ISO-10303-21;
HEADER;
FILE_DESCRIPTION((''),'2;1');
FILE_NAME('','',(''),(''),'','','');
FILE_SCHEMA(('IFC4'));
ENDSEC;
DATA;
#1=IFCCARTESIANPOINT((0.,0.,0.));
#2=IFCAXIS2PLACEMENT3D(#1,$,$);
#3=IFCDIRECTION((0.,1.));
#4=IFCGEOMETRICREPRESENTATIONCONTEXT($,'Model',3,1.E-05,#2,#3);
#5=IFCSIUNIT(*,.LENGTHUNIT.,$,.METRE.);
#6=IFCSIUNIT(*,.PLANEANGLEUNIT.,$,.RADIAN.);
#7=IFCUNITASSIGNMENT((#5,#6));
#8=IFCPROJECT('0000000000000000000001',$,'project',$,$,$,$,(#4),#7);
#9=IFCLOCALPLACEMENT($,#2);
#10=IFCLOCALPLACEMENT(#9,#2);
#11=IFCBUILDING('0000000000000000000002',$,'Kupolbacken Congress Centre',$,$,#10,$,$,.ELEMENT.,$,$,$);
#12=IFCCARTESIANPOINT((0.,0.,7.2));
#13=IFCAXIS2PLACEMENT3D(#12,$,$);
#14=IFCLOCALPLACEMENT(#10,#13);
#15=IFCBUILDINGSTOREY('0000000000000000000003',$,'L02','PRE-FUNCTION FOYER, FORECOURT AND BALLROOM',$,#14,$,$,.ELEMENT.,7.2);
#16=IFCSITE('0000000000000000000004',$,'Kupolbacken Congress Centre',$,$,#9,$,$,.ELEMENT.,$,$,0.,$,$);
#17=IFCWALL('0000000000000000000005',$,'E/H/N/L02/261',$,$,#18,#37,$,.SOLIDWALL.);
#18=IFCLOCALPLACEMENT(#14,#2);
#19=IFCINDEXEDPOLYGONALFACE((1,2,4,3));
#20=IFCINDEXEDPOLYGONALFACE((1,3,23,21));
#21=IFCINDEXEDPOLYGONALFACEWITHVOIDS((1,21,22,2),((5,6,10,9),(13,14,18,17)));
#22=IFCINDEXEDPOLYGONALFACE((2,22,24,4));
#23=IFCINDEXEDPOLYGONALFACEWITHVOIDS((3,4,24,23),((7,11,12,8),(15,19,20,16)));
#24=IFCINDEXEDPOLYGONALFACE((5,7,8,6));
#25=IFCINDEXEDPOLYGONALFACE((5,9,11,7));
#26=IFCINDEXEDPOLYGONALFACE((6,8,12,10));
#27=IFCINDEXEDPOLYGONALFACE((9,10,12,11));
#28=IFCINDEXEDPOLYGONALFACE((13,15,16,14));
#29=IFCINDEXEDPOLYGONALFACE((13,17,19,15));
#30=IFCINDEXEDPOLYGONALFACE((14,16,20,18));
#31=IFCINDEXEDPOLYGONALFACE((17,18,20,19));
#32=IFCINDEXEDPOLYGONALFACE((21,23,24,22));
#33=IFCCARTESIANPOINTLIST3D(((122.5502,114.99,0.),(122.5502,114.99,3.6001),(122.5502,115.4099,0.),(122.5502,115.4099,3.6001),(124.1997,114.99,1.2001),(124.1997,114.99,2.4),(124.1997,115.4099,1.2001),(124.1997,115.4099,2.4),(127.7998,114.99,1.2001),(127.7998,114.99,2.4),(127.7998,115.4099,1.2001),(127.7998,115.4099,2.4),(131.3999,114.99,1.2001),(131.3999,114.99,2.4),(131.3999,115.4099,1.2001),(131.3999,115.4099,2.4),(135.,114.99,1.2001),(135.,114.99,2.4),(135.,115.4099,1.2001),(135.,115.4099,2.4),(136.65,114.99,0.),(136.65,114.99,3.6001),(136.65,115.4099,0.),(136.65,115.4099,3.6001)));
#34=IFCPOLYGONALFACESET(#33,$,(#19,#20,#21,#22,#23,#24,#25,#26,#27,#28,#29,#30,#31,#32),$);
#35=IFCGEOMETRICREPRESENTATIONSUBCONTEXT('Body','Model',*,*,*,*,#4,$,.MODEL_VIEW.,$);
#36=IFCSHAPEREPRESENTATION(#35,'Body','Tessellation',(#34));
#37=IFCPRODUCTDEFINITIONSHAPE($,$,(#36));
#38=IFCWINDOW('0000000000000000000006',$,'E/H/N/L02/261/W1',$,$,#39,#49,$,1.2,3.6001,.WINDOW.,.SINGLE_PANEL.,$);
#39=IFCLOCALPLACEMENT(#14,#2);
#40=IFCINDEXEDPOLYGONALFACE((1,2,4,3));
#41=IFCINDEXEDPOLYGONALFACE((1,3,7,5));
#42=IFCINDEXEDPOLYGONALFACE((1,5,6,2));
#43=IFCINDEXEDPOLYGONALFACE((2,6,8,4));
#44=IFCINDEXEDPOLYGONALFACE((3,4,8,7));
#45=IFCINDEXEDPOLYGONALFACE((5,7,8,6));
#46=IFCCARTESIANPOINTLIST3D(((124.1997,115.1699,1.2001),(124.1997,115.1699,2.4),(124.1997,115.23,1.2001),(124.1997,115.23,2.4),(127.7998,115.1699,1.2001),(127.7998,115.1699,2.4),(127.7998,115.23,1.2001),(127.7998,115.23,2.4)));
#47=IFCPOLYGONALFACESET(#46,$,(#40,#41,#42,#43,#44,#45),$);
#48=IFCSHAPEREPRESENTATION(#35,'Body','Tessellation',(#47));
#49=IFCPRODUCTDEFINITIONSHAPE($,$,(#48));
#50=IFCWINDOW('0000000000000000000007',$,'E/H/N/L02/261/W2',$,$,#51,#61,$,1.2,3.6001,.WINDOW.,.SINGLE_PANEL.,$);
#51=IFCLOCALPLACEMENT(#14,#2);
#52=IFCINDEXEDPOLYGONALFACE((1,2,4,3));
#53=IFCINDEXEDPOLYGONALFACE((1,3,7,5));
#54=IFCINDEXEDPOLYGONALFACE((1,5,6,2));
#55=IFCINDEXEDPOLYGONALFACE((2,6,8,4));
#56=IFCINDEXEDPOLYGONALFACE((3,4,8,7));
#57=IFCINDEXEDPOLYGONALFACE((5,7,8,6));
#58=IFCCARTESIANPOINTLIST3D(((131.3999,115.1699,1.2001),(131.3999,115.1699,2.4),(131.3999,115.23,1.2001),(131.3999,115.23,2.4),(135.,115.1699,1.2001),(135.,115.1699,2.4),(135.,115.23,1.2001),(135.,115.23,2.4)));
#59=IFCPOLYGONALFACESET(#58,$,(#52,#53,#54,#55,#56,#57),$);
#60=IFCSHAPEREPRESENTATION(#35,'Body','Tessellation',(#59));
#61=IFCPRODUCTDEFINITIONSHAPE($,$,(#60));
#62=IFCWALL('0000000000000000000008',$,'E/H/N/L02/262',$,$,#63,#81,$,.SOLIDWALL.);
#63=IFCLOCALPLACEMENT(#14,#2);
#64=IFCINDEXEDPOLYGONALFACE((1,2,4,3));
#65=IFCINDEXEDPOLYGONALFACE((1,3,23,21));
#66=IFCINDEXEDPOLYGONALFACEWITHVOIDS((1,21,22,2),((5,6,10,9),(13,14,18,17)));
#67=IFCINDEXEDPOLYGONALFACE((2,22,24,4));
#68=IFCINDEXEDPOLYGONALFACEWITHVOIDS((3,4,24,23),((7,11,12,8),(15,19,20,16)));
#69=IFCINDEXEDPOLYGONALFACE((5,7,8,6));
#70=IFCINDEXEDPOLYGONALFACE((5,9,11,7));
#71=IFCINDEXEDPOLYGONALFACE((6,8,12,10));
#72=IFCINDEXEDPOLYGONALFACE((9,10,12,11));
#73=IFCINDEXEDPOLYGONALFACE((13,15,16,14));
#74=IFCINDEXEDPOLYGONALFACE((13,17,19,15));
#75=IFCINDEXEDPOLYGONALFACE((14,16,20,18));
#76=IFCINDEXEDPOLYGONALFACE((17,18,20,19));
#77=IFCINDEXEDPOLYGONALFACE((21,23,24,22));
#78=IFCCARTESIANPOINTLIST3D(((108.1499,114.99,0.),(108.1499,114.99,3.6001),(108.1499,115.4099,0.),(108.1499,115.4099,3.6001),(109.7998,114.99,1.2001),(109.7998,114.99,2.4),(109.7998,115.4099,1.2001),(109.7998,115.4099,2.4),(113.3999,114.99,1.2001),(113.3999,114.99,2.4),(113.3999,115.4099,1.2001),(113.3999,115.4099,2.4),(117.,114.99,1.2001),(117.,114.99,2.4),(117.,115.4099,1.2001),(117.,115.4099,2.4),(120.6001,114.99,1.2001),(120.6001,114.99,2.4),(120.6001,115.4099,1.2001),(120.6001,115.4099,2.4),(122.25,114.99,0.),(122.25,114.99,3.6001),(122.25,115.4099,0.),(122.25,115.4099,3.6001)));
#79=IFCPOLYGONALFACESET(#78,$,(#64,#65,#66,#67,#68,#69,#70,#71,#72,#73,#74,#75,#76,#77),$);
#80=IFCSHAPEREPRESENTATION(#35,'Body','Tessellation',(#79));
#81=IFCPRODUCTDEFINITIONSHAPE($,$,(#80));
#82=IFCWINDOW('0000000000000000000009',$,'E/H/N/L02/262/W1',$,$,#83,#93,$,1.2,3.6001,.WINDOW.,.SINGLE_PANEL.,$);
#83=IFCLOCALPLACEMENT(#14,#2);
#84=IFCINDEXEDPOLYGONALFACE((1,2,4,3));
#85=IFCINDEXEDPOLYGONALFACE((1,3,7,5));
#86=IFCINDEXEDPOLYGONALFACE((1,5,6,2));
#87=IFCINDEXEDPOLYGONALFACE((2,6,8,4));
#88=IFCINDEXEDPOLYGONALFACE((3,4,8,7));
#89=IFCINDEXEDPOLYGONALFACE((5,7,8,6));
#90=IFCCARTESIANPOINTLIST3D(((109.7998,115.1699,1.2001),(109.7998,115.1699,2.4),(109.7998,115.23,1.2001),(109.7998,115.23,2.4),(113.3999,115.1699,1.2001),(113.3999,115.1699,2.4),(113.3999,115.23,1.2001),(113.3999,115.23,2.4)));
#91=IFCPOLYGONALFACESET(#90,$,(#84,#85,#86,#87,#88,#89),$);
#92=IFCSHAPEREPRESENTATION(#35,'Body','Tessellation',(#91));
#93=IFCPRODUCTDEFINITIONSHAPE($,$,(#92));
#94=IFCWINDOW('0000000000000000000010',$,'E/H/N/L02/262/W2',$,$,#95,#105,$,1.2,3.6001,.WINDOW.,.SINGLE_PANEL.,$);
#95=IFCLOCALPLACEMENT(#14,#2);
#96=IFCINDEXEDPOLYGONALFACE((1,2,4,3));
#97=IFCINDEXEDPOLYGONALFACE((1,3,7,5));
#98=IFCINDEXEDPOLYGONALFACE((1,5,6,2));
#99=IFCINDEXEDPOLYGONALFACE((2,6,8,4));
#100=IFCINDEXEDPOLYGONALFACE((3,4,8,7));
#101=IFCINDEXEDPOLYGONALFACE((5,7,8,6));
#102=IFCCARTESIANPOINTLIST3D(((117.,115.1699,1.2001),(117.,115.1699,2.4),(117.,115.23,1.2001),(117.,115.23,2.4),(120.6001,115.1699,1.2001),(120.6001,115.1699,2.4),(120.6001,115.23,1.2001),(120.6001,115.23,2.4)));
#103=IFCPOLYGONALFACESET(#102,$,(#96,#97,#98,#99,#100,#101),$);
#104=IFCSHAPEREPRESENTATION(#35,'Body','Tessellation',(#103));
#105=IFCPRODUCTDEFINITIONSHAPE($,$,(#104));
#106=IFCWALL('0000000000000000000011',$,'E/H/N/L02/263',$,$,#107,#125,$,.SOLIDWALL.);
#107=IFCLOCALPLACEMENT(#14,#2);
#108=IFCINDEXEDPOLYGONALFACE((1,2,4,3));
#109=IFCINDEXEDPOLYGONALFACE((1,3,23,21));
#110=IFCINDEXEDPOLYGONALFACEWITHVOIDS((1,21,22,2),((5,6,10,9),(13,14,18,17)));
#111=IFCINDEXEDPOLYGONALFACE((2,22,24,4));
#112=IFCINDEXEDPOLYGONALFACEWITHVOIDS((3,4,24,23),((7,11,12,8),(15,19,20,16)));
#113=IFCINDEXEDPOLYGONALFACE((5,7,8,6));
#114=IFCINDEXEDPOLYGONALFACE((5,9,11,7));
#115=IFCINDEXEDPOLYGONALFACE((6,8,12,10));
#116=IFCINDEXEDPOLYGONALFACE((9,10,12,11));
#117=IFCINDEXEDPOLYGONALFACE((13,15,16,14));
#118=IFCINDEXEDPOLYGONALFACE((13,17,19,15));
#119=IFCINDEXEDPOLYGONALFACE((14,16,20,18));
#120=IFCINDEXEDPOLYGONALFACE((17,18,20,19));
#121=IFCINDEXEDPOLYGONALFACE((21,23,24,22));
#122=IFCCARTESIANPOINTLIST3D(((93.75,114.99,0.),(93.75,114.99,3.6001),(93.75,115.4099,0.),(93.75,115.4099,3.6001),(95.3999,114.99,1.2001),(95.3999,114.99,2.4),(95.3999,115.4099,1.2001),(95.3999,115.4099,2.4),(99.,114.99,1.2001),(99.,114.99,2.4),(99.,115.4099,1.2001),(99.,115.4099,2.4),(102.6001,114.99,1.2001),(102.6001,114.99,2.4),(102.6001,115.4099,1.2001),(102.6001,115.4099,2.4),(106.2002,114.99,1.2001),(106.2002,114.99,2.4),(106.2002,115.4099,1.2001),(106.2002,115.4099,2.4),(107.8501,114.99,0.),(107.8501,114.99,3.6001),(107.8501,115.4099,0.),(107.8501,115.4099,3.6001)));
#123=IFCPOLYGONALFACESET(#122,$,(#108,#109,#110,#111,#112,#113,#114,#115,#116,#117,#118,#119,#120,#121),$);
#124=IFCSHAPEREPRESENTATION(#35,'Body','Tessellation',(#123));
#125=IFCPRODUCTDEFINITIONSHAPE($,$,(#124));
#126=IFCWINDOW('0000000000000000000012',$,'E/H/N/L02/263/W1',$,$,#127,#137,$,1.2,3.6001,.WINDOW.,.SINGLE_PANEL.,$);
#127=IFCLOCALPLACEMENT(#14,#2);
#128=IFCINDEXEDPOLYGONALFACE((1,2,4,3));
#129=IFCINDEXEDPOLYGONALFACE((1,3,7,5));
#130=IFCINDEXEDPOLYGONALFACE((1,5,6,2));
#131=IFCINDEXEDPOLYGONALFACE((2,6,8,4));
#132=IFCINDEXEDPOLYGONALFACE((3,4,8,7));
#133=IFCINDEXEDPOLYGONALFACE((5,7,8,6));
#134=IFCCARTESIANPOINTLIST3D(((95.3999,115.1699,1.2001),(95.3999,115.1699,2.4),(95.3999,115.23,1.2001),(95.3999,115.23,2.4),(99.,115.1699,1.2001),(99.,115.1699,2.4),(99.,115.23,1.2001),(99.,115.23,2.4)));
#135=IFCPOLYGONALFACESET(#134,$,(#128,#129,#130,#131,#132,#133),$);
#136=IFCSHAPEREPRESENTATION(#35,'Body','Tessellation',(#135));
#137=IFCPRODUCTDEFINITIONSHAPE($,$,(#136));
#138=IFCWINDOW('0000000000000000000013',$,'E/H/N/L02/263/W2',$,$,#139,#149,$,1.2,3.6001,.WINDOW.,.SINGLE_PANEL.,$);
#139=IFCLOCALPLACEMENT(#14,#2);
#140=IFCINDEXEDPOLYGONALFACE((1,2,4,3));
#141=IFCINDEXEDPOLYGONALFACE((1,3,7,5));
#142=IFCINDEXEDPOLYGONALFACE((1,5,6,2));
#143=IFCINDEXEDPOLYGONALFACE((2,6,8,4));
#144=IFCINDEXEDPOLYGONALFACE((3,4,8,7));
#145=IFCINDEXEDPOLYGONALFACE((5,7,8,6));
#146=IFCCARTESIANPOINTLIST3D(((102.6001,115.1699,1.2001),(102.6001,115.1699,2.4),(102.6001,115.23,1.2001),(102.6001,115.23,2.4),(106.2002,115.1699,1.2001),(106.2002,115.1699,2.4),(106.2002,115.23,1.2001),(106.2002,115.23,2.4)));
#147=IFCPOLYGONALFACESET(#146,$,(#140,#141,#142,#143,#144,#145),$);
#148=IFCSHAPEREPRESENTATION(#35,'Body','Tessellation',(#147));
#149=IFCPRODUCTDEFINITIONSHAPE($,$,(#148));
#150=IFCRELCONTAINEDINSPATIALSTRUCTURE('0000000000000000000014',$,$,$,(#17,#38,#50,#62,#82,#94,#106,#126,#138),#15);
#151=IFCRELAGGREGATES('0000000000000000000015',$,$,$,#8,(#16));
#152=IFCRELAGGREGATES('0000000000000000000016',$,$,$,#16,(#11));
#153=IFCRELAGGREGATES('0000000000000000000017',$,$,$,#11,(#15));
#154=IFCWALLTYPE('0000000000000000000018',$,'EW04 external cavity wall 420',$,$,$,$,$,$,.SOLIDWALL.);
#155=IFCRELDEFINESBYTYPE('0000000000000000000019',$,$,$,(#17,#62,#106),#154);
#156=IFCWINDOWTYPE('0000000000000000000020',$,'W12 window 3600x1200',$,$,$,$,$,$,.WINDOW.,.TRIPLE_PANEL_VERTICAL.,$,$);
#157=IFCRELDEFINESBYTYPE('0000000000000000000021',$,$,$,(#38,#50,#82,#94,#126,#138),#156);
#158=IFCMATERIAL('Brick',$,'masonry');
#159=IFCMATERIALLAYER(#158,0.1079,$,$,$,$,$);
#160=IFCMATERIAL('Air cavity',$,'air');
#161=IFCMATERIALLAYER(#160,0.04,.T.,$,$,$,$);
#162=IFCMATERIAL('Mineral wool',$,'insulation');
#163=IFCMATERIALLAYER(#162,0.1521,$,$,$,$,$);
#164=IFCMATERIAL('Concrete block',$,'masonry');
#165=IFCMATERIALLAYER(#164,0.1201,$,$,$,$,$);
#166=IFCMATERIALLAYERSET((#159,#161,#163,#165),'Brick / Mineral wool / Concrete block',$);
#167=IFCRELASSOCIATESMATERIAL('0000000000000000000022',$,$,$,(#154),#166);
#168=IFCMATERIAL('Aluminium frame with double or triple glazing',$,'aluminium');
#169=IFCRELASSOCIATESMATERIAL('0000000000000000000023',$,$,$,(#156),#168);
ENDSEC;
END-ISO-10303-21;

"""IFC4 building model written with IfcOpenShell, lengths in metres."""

from ifc_helpers import new_model, si_unit, direction, frame, frame_2d, origin, place, context, subcontext, project, spatial, rectangle, extrude, material, layer, layer_set, type_object, element, fill, save


model = new_model("IFC4")

# Units and contexts
model_context = context("Model", 3, precision=1e-05, world=origin(), true_north=direction((0.0, 1.0)))
body_context = subcontext(model_context, "Body", "Model", "MODEL_VIEW")
ifc_project = project(units=[si_unit("LENGTHUNIT", "METRE"), si_unit("PLANEANGLEUNIT", "RADIAN")], contexts=[model_context])

# Site, building, storey
site_placement = place(None, origin())
site = spatial("IfcSite", under=ifc_project, at=site_placement, Name="Kupolbacken Congress Centre", CompositionType="ELEMENT", RefElevation=0.0)
building_placement = place(site_placement, origin())
building = spatial("IfcBuilding", under=site, at=building_placement, Name="Kupolbacken Congress Centre", CompositionType="ELEMENT")
storey_placement = place(building_placement, frame((0.0, 0.0, 7.2)))
storey = spatial("IfcBuildingStorey", under=building, at=storey_placement, Name="L02", Description="PRE-FUNCTION FOYER, FORECOURT AND BALLROOM", CompositionType="ELEMENT", Elevation=7.2)

# Walls, openings, windows
ifc_material_1 = material(Name="Brick", Category="masonry")
ifc_layer_1 = layer(ifc_material_1, 0.1079)
ifc_material_2 = material(Name="Air cavity", Category="air")
ifc_layer_2 = layer(ifc_material_2, 0.04, ventilated=True)
ifc_material_3 = material(Name="Mineral wool", Category="insulation")
ifc_layer_3 = layer(ifc_material_3, 0.1521)
ifc_material_4 = material(Name="Concrete block", Category="masonry")
ifc_layer_4 = layer(ifc_material_4, 0.1201)
ifc_layer_set = layer_set([ifc_layer_1, ifc_layer_2, ifc_layer_3, ifc_layer_4], Name="Brick / Mineral wool / Concrete block")
wall_type = type_object("IfcWallType", Name="EW04 external cavity wall 420", PredefinedType="SOLIDWALL", material=ifc_layer_set)
wall_1_placement = place(storey_placement, frame((136.6499, 115.2, 0.0), z_axis=(0.0, 0.0, 1.0), x_axis=(-1.0, 0.0, 0.0)))
wall_1 = element("IfcWall", 1, at=wall_1_placement, inside=storey, type_object=wall_type, Name="E/H/N/L02/261", PredefinedType="SOLIDWALL", context=body_context, shape_type="SweptSolid", body=[
    extrude(rectangle(XDim=14.0999, YDim=0.4199, at=frame_2d((7.0498, 0.0))), origin(), (0.0, 0.0, 1.0), 3.6001),
])
opening_1_placement = place(wall_1_placement, frame((8.8501, 0.0, 1.2)))
opening_1 = element("IfcOpeningElement", 2, at=opening_1_placement, cuts=wall_1, PredefinedType="OPENING", context=body_context, shape_type="SweptSolid", body=[
    extrude(rectangle(XDim=3.6001, YDim=1.2, at=frame_2d((1.8, 0.6001))), frame((0.0, 0.22, 0.0), z_axis=(0.0, -1.0, 0.0), x_axis=(1.0, 0.0, 0.0)), (0.0, 0.0, 1.0), 0.4399),
])
opening_2_placement = place(wall_1_placement, frame((1.6499, 0.0, 1.2)))
opening_2 = element("IfcOpeningElement", 3, at=opening_2_placement, cuts=wall_1, PredefinedType="OPENING", context=body_context, shape_type="SweptSolid", body=[
    extrude(rectangle(XDim=3.6001, YDim=1.2, at=frame_2d((1.8, 0.6001))), frame((0.0, 0.22, 0.0), z_axis=(0.0, -1.0, 0.0), x_axis=(1.0, 0.0, 0.0)), (0.0, 0.0, 1.0), 0.4399),
])
ifc_material_5 = material(Name="Aluminium frame with double or triple glazing", Category="aluminium")
window_type = type_object("IfcWindowType", Name="W12 window 3600x1200", PartitioningType="TRIPLE_PANEL_VERTICAL", PredefinedType="WINDOW", material=ifc_material_5)
window_1_placement = place(opening_1_placement, origin())
window_1 = element("IfcWindow", 4, at=window_1_placement, inside=storey, type_object=window_type, Name="E/H/N/L02/261/W1", OverallHeight=1.2, OverallWidth=3.6001, PartitioningType="SINGLE_PANEL", PredefinedType="WINDOW", context=body_context, shape_type="SweptSolid", body=[
    extrude(rectangle(XDim=3.6001, YDim=1.2, at=frame_2d((1.8, 0.6001))), frame((0.0, 0.03, 0.0), z_axis=(0.0, -1.0, 0.0), x_axis=(1.0, 0.0, 0.0)), (0.0, 0.0, 1.0), 0.0601),
])
fill(opening_1, window_1)
window_2_placement = place(opening_2_placement, origin())
window_2 = element("IfcWindow", 5, at=window_2_placement, inside=storey, type_object=window_type, Name="E/H/N/L02/261/W2", OverallHeight=1.2, OverallWidth=3.6001, PartitioningType="SINGLE_PANEL", PredefinedType="WINDOW", context=body_context, shape_type="SweptSolid", body=[
    extrude(rectangle(XDim=3.6001, YDim=1.2, at=frame_2d((1.8, 0.6001))), frame((0.0, 0.03, 0.0), z_axis=(0.0, -1.0, 0.0), x_axis=(1.0, 0.0, 0.0)), (0.0, 0.0, 1.0), 0.0601),
])
fill(opening_2, window_2)
wall_2_placement = place(storey_placement, frame((122.25, 115.2, 0.0), z_axis=(0.0, 0.0, 1.0), x_axis=(-1.0, 0.0, 0.0)))
wall_2 = element("IfcWall", 6, at=wall_2_placement, inside=storey, type_object=wall_type, Name="E/H/N/L02/262", PredefinedType="SOLIDWALL", context=body_context, shape_type="SweptSolid", body=[
    extrude(rectangle(XDim=14.1001, YDim=0.4199, at=frame_2d((7.05, 0.0))), origin(), (0.0, 0.0, 1.0), 3.6001),
])
opening_3_placement = place(wall_2_placement, frame((8.8501, 0.0, 1.2)))
opening_3 = element("IfcOpeningElement", 7, at=opening_3_placement, cuts=wall_2, PredefinedType="OPENING", context=body_context, shape_type="SweptSolid", body=[
    extrude(rectangle(XDim=3.6001, YDim=1.2, at=frame_2d((1.8, 0.6001))), frame((0.0, 0.22, 0.0), z_axis=(0.0, -1.0, 0.0), x_axis=(1.0, 0.0, 0.0)), (0.0, 0.0, 1.0), 0.4399),
])
opening_4_placement = place(wall_2_placement, frame((1.6499, 0.0, 1.2)))
opening_4 = element("IfcOpeningElement", 8, at=opening_4_placement, cuts=wall_2, PredefinedType="OPENING", context=body_context, shape_type="SweptSolid", body=[
    extrude(rectangle(XDim=3.6001, YDim=1.2, at=frame_2d((1.8, 0.6001))), frame((0.0, 0.22, 0.0), z_axis=(0.0, -1.0, 0.0), x_axis=(1.0, 0.0, 0.0)), (0.0, 0.0, 1.0), 0.4399),
])
window_3_placement = place(opening_3_placement, origin())
window_3 = element("IfcWindow", 9, at=window_3_placement, inside=storey, type_object=window_type, Name="E/H/N/L02/262/W1", OverallHeight=1.2, OverallWidth=3.6001, PartitioningType="SINGLE_PANEL", PredefinedType="WINDOW", context=body_context, shape_type="SweptSolid", body=[
    extrude(rectangle(XDim=3.6001, YDim=1.2, at=frame_2d((1.8, 0.6001))), frame((0.0, 0.03, 0.0), z_axis=(0.0, -1.0, 0.0), x_axis=(1.0, 0.0, 0.0)), (0.0, 0.0, 1.0), 0.0601),
])
fill(opening_3, window_3)
window_4_placement = place(opening_4_placement, origin())
window_4 = element("IfcWindow", 10, at=window_4_placement, inside=storey, type_object=window_type, Name="E/H/N/L02/262/W2", OverallHeight=1.2, OverallWidth=3.6001, PartitioningType="SINGLE_PANEL", PredefinedType="WINDOW", context=body_context, shape_type="SweptSolid", body=[
    extrude(rectangle(XDim=3.6001, YDim=1.2, at=frame_2d((1.8, 0.6001))), frame((0.0, 0.03, 0.0), z_axis=(0.0, -1.0, 0.0), x_axis=(1.0, 0.0, 0.0)), (0.0, 0.0, 1.0), 0.0601),
])
fill(opening_4, window_4)
wall_3_placement = place(storey_placement, frame((107.8501, 115.2, 0.0), z_axis=(0.0, 0.0, 1.0), x_axis=(-1.0, 0.0, 0.0)))
wall_3 = element("IfcWall", 11, at=wall_3_placement, inside=storey, type_object=wall_type, Name="E/H/N/L02/263", PredefinedType="SOLIDWALL", context=body_context, shape_type="SweptSolid", body=[
    extrude(rectangle(XDim=14.1001, YDim=0.4199, at=frame_2d((7.05, 0.0))), origin(), (0.0, 0.0, 1.0), 3.6001),
])
opening_5_placement = place(wall_3_placement, frame((8.8501, 0.0, 1.2)))
opening_5 = element("IfcOpeningElement", 12, at=opening_5_placement, cuts=wall_3, PredefinedType="OPENING", context=body_context, shape_type="SweptSolid", body=[
    extrude(rectangle(XDim=3.6001, YDim=1.2, at=frame_2d((1.8, 0.6001))), frame((0.0, 0.22, 0.0), z_axis=(0.0, -1.0, 0.0), x_axis=(1.0, 0.0, 0.0)), (0.0, 0.0, 1.0), 0.4399),
])
opening_6_placement = place(wall_3_placement, frame((1.6499, 0.0, 1.2)))
opening_6 = element("IfcOpeningElement", 13, at=opening_6_placement, cuts=wall_3, PredefinedType="OPENING", context=body_context, shape_type="SweptSolid", body=[
    extrude(rectangle(XDim=3.6001, YDim=1.2, at=frame_2d((1.8, 0.6001))), frame((0.0, 0.22, 0.0), z_axis=(0.0, -1.0, 0.0), x_axis=(1.0, 0.0, 0.0)), (0.0, 0.0, 1.0), 0.4399),
])
window_5_placement = place(opening_5_placement, origin())
window_5 = element("IfcWindow", 14, at=window_5_placement, inside=storey, type_object=window_type, Name="E/H/N/L02/263/W1", OverallHeight=1.2, OverallWidth=3.6001, PartitioningType="SINGLE_PANEL", PredefinedType="WINDOW", context=body_context, shape_type="SweptSolid", body=[
    extrude(rectangle(XDim=3.6001, YDim=1.2, at=frame_2d((1.8, 0.6001))), frame((0.0, 0.03, 0.0), z_axis=(0.0, -1.0, 0.0), x_axis=(1.0, 0.0, 0.0)), (0.0, 0.0, 1.0), 0.0601),
])
fill(opening_5, window_5)
window_6_placement = place(opening_6_placement, origin())
window_6 = element("IfcWindow", 15, at=window_6_placement, inside=storey, type_object=window_type, Name="E/H/N/L02/263/W2", OverallHeight=1.2, OverallWidth=3.6001, PartitioningType="SINGLE_PANEL", PredefinedType="WINDOW", context=body_context, shape_type="SweptSolid", body=[
    extrude(rectangle(XDim=3.6001, YDim=1.2, at=frame_2d((1.8, 0.6001))), frame((0.0, 0.03, 0.0), z_axis=(0.0, -1.0, 0.0), x_axis=(1.0, 0.0, 0.0)), (0.0, 0.0, 1.0), 0.0601),
])
fill(opening_6, window_6)

save(model, "model.ifc")
